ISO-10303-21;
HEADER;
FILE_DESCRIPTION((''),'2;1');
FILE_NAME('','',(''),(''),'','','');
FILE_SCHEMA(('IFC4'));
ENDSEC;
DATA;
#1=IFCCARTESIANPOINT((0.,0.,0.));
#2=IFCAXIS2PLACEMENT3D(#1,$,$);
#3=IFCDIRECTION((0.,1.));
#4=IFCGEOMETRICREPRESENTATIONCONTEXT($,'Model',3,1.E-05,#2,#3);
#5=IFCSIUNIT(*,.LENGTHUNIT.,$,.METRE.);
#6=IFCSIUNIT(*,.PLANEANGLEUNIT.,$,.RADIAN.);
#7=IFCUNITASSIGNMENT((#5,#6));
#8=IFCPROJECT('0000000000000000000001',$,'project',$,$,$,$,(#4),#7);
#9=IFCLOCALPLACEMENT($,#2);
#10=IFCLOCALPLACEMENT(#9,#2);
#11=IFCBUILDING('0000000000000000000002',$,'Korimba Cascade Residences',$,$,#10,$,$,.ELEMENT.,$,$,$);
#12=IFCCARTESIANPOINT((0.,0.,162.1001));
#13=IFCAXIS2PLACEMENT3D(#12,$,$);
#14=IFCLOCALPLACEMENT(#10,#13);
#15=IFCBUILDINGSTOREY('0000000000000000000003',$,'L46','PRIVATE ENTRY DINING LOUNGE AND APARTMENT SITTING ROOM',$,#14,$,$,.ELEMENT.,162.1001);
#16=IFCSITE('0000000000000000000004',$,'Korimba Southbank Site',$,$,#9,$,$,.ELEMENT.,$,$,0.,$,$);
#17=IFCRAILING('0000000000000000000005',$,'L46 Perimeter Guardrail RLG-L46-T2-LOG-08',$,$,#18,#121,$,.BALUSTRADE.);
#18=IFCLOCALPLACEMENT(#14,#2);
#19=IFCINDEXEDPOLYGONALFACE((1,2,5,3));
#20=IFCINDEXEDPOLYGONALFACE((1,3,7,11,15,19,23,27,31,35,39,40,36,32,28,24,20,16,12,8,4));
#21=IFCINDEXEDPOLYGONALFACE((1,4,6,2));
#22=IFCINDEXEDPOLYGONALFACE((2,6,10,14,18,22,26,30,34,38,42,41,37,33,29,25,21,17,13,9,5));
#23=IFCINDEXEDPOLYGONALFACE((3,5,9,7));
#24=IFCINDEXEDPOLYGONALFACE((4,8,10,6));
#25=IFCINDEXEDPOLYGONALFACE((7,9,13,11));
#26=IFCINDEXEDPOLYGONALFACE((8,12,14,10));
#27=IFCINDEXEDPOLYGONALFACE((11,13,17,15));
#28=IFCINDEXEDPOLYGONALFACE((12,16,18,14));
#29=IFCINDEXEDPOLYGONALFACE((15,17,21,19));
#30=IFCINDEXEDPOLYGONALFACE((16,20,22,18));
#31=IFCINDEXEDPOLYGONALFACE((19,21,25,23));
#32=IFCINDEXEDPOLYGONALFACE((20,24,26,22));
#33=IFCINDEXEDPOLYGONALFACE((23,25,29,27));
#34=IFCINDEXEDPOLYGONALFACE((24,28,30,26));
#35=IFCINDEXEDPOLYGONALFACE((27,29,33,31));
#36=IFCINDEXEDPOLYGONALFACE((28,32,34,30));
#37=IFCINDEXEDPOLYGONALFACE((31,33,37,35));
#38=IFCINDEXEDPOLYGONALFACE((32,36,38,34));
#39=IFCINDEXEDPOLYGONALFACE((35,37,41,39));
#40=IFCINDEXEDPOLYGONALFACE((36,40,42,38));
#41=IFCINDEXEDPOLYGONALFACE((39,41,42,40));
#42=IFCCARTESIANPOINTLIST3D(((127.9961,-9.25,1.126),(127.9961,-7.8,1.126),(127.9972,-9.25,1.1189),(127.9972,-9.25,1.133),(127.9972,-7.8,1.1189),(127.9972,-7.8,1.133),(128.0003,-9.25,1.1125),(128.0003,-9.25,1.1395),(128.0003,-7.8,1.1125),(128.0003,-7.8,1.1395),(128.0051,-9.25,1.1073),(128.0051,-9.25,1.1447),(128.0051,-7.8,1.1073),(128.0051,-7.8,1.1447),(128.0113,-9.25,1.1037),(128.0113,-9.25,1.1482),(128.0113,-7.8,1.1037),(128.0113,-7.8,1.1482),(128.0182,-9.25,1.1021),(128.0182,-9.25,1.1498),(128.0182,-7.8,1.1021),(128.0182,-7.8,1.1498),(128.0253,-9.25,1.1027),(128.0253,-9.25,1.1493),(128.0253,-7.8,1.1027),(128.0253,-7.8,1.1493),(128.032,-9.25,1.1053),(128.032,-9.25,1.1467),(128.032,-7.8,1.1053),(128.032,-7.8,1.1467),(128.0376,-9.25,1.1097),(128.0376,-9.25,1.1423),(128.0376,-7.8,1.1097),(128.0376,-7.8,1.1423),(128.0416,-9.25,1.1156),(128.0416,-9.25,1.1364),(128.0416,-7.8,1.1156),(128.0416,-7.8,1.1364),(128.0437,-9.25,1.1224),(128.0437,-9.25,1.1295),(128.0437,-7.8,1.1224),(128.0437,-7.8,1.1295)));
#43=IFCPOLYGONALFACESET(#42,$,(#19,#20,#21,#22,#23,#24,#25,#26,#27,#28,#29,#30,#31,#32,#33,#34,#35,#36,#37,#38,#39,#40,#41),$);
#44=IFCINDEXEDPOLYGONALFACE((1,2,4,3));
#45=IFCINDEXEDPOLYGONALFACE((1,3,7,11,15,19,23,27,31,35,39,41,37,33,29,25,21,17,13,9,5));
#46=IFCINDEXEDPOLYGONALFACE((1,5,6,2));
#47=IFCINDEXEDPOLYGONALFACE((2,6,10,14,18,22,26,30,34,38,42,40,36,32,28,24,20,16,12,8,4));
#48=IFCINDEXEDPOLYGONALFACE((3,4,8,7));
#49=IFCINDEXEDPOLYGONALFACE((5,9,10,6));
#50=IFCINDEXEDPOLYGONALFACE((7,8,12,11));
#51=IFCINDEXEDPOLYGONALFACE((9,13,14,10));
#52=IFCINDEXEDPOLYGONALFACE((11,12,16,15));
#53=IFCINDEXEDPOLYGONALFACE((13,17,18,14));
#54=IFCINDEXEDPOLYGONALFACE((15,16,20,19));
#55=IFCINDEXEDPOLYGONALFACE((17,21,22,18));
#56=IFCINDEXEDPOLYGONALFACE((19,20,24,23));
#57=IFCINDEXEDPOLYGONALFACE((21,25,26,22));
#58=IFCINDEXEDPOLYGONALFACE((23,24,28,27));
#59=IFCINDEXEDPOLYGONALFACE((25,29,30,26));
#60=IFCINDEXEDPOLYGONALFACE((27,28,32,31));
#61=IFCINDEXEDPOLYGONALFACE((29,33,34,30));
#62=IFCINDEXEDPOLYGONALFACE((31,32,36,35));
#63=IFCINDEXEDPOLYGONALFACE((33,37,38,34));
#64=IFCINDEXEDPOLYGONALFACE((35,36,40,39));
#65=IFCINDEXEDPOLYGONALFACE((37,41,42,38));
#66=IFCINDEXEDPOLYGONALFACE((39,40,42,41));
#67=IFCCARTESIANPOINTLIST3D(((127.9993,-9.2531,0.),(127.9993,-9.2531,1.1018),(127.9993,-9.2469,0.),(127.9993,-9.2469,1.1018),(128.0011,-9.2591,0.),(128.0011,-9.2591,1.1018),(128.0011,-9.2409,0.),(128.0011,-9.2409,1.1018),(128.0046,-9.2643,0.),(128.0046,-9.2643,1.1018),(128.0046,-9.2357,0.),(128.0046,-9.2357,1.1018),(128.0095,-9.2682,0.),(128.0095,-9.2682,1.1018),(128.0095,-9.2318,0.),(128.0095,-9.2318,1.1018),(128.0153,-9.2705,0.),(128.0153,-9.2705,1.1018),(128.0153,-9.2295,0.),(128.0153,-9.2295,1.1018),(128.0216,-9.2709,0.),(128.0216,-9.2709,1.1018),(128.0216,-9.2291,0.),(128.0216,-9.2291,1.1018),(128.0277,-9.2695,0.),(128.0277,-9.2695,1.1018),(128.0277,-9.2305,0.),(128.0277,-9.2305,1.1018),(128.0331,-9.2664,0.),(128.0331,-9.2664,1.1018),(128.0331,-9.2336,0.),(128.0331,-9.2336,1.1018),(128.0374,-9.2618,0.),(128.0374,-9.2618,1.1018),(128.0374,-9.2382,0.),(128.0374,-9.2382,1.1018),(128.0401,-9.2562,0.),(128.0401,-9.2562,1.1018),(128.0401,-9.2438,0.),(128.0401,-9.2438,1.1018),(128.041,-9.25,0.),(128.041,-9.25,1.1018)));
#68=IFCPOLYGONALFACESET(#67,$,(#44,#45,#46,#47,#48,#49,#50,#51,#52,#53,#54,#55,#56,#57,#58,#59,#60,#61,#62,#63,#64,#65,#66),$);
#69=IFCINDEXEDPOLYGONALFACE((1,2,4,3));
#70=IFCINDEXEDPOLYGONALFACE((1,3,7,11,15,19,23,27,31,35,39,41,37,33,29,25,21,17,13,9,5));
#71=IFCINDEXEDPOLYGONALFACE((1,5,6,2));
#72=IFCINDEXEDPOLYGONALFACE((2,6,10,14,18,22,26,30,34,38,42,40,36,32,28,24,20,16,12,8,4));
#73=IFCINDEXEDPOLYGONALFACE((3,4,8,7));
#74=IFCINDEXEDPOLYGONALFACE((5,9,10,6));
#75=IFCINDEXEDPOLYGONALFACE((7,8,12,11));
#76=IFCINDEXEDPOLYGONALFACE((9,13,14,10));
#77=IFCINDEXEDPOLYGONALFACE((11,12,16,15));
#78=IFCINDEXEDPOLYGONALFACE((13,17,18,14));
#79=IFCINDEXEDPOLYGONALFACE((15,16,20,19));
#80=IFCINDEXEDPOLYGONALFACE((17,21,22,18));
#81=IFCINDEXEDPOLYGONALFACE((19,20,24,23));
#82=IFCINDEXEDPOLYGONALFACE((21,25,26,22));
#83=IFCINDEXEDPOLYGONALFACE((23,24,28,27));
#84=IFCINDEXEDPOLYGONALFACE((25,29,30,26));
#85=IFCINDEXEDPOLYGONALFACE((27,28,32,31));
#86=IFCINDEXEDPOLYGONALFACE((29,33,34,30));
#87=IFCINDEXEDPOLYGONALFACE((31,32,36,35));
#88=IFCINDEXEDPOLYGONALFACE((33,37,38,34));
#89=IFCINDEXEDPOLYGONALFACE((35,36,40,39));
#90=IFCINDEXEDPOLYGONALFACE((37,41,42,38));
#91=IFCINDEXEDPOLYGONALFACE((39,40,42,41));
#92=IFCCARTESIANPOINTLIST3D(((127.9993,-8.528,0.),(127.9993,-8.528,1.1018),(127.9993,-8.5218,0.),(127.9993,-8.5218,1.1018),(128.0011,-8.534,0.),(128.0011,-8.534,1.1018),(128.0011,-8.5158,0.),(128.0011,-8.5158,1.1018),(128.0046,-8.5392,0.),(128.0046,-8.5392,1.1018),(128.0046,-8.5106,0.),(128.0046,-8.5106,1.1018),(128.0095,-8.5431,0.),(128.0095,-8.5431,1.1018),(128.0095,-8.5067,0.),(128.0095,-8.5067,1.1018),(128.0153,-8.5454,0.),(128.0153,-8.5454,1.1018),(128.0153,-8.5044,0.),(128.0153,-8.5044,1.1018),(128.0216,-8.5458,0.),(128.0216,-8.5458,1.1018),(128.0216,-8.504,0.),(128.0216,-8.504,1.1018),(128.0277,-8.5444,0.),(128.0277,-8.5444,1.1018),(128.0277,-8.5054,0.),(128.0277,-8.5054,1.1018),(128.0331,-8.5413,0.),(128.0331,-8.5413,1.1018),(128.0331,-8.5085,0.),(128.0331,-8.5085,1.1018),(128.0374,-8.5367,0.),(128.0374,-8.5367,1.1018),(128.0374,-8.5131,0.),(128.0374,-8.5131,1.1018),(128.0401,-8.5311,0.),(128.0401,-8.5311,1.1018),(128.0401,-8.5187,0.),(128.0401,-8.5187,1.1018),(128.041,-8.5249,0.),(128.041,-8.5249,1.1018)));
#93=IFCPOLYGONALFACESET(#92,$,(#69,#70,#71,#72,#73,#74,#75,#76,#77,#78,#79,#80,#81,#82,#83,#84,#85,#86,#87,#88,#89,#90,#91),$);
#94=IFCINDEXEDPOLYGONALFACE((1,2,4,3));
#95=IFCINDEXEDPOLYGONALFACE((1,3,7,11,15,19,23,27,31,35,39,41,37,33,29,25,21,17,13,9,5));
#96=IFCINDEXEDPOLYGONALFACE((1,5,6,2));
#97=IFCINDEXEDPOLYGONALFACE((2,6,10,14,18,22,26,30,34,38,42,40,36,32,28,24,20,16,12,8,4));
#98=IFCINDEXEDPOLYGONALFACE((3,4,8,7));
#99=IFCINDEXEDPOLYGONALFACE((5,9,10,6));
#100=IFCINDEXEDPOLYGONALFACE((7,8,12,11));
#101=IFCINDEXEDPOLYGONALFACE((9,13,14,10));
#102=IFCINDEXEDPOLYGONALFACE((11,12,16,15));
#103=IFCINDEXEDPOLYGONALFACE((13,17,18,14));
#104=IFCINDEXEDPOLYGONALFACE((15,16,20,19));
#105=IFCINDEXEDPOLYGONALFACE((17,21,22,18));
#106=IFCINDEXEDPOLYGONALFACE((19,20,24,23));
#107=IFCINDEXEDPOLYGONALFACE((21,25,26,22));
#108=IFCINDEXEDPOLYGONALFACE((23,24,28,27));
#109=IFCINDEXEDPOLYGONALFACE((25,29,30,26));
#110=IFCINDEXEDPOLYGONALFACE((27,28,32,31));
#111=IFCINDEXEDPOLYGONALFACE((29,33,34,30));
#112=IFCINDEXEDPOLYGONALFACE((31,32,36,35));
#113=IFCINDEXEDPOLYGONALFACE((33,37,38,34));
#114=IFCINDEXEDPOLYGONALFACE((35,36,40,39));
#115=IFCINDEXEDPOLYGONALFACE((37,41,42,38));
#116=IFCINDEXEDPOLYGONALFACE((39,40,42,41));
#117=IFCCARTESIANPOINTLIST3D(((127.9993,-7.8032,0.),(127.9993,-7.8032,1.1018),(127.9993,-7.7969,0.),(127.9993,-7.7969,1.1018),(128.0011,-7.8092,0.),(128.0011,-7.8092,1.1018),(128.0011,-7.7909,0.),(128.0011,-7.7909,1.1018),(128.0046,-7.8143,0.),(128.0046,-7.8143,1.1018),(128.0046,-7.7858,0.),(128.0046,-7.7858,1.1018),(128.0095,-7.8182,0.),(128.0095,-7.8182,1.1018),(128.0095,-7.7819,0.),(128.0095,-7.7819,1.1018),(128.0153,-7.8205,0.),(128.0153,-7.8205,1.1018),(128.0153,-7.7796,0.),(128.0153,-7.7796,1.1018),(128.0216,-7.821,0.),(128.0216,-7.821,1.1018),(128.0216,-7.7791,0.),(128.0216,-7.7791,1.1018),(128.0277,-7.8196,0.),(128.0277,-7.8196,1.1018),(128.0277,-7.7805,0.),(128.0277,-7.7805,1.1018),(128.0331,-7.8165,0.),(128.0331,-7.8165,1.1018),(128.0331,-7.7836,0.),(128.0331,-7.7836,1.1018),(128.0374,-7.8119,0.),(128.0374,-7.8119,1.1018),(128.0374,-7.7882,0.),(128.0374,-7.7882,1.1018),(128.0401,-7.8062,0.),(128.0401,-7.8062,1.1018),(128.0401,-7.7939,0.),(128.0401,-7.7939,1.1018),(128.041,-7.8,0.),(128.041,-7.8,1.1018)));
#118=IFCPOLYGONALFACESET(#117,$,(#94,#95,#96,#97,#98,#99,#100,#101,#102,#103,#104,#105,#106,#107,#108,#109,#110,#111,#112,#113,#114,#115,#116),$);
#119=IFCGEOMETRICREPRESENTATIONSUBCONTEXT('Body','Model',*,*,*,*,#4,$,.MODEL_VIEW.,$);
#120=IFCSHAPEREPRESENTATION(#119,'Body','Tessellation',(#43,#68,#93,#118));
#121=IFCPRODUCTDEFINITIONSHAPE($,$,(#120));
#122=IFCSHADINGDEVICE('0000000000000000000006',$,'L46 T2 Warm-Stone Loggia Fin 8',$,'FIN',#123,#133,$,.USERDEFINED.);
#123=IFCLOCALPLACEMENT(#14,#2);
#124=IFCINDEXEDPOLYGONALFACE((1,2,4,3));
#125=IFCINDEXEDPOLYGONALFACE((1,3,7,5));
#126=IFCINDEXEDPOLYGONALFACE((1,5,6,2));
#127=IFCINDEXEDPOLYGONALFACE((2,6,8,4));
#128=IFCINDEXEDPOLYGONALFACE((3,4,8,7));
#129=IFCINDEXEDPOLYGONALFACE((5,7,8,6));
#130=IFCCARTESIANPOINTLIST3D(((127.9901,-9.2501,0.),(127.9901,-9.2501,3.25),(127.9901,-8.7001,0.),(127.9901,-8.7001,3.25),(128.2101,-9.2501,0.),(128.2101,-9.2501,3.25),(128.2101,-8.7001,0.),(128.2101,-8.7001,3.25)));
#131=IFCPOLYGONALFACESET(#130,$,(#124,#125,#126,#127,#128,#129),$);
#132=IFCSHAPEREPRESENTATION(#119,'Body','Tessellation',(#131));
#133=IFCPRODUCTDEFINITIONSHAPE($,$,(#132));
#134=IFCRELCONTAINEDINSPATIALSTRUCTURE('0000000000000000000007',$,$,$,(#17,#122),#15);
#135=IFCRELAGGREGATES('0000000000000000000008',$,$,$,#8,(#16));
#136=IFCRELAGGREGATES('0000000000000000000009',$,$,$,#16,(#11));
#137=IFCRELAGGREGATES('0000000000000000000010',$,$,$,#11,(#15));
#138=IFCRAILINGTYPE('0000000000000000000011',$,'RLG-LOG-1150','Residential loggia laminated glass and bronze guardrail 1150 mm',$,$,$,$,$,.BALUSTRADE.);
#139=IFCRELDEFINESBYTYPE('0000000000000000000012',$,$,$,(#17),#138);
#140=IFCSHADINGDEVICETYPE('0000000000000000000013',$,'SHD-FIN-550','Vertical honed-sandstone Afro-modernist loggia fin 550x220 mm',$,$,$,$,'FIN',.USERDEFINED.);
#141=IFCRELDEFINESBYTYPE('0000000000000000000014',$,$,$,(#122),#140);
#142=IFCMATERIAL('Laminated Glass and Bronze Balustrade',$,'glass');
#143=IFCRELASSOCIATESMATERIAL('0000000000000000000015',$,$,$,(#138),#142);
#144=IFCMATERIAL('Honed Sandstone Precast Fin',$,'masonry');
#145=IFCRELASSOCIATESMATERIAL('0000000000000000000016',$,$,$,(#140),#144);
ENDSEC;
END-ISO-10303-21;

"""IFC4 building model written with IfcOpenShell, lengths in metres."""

from ifc_helpers import new_model, si_unit, direction, frame, origin, origin_2d, place, context, subcontext, project, spatial, rectangle, circle, extrude, material, type_object, element, save


model = new_model("IFC4")

# Units and contexts
model_context = context("Model", 3, precision=1e-05, world=origin(), true_north=direction((0.0, 1.0)))
body_context = subcontext(model_context, "Body", "Model", "MODEL_VIEW")
ifc_project = project(units=[si_unit("LENGTHUNIT", "METRE"), si_unit("PLANEANGLEUNIT", "RADIAN")], contexts=[model_context])

# Site, building, storey
site_placement = place(None, origin())
site = spatial("IfcSite", under=ifc_project, at=site_placement, Name="Korimba Southbank Site", CompositionType="ELEMENT", RefElevation=0.0)
building_placement = place(site_placement, origin())
building = spatial("IfcBuilding", under=site, at=building_placement, Name="Korimba Cascade Residences", CompositionType="ELEMENT")
storey_placement = place(building_placement, frame((0.0, 0.0, 162.1001)))
storey = spatial("IfcBuildingStorey", under=building, at=storey_placement, Name="L46", Description="PRIVATE ENTRY DINING LOUNGE AND APARTMENT SITTING ROOM", CompositionType="ELEMENT", Elevation=162.1001)

# Railing
ifc_material_1 = material(Name="Laminated Glass and Bronze Balustrade", Category="glass")
railing_type = type_object("IfcRailingType", Name="RLG-LOG-1150", Description="Residential loggia laminated glass and bronze guardrail 1150 mm", PredefinedType="BALUSTRADE", material=ifc_material_1)
railing_placement = place(storey_placement, frame((128.02, -9.25, 0.0)))
element("IfcRailing", 1, at=railing_placement, inside=storey, type_object=railing_type, Name="L46 Perimeter Guardrail RLG-L46-T2-LOG-08", PredefinedType="BALUSTRADE", context=body_context, shape_type="SweptSolid", body=[
    extrude(circle(Radius=0.0239, at=origin_2d()), frame((0.0, 0.0, 1.126), z_axis=(0.0, 1.0, 0.0), x_axis=(-1.0, 0.0, 0.0)), (0.0, 0.0, 1.0), 1.45),
    extrude(circle(Radius=0.021, at=origin_2d()), origin(), (0.0, 0.0, 1.0), 1.1018),
    extrude(circle(Radius=0.021, at=origin_2d()), frame((0.0, 0.7251, 0.0)), (0.0, 0.0, 1.0), 1.1018),
    extrude(circle(Radius=0.021, at=origin_2d()), frame((0.0, 1.45, 0.0)), (0.0, 0.0, 1.0), 1.1018),
])

# Shading device
ifc_material_2 = material(Name="Honed Sandstone Precast Fin", Category="masonry")
shading_device_type = type_object("IfcShadingDeviceType", Name="SHD-FIN-550", Description="Vertical honed-sandstone Afro-modernist loggia fin 550x220 mm", ElementType="FIN", PredefinedType="USERDEFINED", material=ifc_material_2)
shading_device_placement = place(storey_placement, frame((128.1001, -8.9751, 0.0), z_axis=(0.0, 0.0, 1.0), x_axis=(1.0, 0.0, 0.0)))
element("IfcShadingDevice", 2, at=shading_device_placement, inside=storey, type_object=shading_device_type, Name="L46 T2 Warm-Stone Loggia Fin 8", ObjectType="FIN", PredefinedType="USERDEFINED", context=body_context, shape_type="SweptSolid", body=[
    extrude(rectangle(XDim=0.22, YDim=0.55, at=origin_2d()), origin(), (0.0, 0.0, 1.0), 3.25),
])

save(model, "model.ifc")
